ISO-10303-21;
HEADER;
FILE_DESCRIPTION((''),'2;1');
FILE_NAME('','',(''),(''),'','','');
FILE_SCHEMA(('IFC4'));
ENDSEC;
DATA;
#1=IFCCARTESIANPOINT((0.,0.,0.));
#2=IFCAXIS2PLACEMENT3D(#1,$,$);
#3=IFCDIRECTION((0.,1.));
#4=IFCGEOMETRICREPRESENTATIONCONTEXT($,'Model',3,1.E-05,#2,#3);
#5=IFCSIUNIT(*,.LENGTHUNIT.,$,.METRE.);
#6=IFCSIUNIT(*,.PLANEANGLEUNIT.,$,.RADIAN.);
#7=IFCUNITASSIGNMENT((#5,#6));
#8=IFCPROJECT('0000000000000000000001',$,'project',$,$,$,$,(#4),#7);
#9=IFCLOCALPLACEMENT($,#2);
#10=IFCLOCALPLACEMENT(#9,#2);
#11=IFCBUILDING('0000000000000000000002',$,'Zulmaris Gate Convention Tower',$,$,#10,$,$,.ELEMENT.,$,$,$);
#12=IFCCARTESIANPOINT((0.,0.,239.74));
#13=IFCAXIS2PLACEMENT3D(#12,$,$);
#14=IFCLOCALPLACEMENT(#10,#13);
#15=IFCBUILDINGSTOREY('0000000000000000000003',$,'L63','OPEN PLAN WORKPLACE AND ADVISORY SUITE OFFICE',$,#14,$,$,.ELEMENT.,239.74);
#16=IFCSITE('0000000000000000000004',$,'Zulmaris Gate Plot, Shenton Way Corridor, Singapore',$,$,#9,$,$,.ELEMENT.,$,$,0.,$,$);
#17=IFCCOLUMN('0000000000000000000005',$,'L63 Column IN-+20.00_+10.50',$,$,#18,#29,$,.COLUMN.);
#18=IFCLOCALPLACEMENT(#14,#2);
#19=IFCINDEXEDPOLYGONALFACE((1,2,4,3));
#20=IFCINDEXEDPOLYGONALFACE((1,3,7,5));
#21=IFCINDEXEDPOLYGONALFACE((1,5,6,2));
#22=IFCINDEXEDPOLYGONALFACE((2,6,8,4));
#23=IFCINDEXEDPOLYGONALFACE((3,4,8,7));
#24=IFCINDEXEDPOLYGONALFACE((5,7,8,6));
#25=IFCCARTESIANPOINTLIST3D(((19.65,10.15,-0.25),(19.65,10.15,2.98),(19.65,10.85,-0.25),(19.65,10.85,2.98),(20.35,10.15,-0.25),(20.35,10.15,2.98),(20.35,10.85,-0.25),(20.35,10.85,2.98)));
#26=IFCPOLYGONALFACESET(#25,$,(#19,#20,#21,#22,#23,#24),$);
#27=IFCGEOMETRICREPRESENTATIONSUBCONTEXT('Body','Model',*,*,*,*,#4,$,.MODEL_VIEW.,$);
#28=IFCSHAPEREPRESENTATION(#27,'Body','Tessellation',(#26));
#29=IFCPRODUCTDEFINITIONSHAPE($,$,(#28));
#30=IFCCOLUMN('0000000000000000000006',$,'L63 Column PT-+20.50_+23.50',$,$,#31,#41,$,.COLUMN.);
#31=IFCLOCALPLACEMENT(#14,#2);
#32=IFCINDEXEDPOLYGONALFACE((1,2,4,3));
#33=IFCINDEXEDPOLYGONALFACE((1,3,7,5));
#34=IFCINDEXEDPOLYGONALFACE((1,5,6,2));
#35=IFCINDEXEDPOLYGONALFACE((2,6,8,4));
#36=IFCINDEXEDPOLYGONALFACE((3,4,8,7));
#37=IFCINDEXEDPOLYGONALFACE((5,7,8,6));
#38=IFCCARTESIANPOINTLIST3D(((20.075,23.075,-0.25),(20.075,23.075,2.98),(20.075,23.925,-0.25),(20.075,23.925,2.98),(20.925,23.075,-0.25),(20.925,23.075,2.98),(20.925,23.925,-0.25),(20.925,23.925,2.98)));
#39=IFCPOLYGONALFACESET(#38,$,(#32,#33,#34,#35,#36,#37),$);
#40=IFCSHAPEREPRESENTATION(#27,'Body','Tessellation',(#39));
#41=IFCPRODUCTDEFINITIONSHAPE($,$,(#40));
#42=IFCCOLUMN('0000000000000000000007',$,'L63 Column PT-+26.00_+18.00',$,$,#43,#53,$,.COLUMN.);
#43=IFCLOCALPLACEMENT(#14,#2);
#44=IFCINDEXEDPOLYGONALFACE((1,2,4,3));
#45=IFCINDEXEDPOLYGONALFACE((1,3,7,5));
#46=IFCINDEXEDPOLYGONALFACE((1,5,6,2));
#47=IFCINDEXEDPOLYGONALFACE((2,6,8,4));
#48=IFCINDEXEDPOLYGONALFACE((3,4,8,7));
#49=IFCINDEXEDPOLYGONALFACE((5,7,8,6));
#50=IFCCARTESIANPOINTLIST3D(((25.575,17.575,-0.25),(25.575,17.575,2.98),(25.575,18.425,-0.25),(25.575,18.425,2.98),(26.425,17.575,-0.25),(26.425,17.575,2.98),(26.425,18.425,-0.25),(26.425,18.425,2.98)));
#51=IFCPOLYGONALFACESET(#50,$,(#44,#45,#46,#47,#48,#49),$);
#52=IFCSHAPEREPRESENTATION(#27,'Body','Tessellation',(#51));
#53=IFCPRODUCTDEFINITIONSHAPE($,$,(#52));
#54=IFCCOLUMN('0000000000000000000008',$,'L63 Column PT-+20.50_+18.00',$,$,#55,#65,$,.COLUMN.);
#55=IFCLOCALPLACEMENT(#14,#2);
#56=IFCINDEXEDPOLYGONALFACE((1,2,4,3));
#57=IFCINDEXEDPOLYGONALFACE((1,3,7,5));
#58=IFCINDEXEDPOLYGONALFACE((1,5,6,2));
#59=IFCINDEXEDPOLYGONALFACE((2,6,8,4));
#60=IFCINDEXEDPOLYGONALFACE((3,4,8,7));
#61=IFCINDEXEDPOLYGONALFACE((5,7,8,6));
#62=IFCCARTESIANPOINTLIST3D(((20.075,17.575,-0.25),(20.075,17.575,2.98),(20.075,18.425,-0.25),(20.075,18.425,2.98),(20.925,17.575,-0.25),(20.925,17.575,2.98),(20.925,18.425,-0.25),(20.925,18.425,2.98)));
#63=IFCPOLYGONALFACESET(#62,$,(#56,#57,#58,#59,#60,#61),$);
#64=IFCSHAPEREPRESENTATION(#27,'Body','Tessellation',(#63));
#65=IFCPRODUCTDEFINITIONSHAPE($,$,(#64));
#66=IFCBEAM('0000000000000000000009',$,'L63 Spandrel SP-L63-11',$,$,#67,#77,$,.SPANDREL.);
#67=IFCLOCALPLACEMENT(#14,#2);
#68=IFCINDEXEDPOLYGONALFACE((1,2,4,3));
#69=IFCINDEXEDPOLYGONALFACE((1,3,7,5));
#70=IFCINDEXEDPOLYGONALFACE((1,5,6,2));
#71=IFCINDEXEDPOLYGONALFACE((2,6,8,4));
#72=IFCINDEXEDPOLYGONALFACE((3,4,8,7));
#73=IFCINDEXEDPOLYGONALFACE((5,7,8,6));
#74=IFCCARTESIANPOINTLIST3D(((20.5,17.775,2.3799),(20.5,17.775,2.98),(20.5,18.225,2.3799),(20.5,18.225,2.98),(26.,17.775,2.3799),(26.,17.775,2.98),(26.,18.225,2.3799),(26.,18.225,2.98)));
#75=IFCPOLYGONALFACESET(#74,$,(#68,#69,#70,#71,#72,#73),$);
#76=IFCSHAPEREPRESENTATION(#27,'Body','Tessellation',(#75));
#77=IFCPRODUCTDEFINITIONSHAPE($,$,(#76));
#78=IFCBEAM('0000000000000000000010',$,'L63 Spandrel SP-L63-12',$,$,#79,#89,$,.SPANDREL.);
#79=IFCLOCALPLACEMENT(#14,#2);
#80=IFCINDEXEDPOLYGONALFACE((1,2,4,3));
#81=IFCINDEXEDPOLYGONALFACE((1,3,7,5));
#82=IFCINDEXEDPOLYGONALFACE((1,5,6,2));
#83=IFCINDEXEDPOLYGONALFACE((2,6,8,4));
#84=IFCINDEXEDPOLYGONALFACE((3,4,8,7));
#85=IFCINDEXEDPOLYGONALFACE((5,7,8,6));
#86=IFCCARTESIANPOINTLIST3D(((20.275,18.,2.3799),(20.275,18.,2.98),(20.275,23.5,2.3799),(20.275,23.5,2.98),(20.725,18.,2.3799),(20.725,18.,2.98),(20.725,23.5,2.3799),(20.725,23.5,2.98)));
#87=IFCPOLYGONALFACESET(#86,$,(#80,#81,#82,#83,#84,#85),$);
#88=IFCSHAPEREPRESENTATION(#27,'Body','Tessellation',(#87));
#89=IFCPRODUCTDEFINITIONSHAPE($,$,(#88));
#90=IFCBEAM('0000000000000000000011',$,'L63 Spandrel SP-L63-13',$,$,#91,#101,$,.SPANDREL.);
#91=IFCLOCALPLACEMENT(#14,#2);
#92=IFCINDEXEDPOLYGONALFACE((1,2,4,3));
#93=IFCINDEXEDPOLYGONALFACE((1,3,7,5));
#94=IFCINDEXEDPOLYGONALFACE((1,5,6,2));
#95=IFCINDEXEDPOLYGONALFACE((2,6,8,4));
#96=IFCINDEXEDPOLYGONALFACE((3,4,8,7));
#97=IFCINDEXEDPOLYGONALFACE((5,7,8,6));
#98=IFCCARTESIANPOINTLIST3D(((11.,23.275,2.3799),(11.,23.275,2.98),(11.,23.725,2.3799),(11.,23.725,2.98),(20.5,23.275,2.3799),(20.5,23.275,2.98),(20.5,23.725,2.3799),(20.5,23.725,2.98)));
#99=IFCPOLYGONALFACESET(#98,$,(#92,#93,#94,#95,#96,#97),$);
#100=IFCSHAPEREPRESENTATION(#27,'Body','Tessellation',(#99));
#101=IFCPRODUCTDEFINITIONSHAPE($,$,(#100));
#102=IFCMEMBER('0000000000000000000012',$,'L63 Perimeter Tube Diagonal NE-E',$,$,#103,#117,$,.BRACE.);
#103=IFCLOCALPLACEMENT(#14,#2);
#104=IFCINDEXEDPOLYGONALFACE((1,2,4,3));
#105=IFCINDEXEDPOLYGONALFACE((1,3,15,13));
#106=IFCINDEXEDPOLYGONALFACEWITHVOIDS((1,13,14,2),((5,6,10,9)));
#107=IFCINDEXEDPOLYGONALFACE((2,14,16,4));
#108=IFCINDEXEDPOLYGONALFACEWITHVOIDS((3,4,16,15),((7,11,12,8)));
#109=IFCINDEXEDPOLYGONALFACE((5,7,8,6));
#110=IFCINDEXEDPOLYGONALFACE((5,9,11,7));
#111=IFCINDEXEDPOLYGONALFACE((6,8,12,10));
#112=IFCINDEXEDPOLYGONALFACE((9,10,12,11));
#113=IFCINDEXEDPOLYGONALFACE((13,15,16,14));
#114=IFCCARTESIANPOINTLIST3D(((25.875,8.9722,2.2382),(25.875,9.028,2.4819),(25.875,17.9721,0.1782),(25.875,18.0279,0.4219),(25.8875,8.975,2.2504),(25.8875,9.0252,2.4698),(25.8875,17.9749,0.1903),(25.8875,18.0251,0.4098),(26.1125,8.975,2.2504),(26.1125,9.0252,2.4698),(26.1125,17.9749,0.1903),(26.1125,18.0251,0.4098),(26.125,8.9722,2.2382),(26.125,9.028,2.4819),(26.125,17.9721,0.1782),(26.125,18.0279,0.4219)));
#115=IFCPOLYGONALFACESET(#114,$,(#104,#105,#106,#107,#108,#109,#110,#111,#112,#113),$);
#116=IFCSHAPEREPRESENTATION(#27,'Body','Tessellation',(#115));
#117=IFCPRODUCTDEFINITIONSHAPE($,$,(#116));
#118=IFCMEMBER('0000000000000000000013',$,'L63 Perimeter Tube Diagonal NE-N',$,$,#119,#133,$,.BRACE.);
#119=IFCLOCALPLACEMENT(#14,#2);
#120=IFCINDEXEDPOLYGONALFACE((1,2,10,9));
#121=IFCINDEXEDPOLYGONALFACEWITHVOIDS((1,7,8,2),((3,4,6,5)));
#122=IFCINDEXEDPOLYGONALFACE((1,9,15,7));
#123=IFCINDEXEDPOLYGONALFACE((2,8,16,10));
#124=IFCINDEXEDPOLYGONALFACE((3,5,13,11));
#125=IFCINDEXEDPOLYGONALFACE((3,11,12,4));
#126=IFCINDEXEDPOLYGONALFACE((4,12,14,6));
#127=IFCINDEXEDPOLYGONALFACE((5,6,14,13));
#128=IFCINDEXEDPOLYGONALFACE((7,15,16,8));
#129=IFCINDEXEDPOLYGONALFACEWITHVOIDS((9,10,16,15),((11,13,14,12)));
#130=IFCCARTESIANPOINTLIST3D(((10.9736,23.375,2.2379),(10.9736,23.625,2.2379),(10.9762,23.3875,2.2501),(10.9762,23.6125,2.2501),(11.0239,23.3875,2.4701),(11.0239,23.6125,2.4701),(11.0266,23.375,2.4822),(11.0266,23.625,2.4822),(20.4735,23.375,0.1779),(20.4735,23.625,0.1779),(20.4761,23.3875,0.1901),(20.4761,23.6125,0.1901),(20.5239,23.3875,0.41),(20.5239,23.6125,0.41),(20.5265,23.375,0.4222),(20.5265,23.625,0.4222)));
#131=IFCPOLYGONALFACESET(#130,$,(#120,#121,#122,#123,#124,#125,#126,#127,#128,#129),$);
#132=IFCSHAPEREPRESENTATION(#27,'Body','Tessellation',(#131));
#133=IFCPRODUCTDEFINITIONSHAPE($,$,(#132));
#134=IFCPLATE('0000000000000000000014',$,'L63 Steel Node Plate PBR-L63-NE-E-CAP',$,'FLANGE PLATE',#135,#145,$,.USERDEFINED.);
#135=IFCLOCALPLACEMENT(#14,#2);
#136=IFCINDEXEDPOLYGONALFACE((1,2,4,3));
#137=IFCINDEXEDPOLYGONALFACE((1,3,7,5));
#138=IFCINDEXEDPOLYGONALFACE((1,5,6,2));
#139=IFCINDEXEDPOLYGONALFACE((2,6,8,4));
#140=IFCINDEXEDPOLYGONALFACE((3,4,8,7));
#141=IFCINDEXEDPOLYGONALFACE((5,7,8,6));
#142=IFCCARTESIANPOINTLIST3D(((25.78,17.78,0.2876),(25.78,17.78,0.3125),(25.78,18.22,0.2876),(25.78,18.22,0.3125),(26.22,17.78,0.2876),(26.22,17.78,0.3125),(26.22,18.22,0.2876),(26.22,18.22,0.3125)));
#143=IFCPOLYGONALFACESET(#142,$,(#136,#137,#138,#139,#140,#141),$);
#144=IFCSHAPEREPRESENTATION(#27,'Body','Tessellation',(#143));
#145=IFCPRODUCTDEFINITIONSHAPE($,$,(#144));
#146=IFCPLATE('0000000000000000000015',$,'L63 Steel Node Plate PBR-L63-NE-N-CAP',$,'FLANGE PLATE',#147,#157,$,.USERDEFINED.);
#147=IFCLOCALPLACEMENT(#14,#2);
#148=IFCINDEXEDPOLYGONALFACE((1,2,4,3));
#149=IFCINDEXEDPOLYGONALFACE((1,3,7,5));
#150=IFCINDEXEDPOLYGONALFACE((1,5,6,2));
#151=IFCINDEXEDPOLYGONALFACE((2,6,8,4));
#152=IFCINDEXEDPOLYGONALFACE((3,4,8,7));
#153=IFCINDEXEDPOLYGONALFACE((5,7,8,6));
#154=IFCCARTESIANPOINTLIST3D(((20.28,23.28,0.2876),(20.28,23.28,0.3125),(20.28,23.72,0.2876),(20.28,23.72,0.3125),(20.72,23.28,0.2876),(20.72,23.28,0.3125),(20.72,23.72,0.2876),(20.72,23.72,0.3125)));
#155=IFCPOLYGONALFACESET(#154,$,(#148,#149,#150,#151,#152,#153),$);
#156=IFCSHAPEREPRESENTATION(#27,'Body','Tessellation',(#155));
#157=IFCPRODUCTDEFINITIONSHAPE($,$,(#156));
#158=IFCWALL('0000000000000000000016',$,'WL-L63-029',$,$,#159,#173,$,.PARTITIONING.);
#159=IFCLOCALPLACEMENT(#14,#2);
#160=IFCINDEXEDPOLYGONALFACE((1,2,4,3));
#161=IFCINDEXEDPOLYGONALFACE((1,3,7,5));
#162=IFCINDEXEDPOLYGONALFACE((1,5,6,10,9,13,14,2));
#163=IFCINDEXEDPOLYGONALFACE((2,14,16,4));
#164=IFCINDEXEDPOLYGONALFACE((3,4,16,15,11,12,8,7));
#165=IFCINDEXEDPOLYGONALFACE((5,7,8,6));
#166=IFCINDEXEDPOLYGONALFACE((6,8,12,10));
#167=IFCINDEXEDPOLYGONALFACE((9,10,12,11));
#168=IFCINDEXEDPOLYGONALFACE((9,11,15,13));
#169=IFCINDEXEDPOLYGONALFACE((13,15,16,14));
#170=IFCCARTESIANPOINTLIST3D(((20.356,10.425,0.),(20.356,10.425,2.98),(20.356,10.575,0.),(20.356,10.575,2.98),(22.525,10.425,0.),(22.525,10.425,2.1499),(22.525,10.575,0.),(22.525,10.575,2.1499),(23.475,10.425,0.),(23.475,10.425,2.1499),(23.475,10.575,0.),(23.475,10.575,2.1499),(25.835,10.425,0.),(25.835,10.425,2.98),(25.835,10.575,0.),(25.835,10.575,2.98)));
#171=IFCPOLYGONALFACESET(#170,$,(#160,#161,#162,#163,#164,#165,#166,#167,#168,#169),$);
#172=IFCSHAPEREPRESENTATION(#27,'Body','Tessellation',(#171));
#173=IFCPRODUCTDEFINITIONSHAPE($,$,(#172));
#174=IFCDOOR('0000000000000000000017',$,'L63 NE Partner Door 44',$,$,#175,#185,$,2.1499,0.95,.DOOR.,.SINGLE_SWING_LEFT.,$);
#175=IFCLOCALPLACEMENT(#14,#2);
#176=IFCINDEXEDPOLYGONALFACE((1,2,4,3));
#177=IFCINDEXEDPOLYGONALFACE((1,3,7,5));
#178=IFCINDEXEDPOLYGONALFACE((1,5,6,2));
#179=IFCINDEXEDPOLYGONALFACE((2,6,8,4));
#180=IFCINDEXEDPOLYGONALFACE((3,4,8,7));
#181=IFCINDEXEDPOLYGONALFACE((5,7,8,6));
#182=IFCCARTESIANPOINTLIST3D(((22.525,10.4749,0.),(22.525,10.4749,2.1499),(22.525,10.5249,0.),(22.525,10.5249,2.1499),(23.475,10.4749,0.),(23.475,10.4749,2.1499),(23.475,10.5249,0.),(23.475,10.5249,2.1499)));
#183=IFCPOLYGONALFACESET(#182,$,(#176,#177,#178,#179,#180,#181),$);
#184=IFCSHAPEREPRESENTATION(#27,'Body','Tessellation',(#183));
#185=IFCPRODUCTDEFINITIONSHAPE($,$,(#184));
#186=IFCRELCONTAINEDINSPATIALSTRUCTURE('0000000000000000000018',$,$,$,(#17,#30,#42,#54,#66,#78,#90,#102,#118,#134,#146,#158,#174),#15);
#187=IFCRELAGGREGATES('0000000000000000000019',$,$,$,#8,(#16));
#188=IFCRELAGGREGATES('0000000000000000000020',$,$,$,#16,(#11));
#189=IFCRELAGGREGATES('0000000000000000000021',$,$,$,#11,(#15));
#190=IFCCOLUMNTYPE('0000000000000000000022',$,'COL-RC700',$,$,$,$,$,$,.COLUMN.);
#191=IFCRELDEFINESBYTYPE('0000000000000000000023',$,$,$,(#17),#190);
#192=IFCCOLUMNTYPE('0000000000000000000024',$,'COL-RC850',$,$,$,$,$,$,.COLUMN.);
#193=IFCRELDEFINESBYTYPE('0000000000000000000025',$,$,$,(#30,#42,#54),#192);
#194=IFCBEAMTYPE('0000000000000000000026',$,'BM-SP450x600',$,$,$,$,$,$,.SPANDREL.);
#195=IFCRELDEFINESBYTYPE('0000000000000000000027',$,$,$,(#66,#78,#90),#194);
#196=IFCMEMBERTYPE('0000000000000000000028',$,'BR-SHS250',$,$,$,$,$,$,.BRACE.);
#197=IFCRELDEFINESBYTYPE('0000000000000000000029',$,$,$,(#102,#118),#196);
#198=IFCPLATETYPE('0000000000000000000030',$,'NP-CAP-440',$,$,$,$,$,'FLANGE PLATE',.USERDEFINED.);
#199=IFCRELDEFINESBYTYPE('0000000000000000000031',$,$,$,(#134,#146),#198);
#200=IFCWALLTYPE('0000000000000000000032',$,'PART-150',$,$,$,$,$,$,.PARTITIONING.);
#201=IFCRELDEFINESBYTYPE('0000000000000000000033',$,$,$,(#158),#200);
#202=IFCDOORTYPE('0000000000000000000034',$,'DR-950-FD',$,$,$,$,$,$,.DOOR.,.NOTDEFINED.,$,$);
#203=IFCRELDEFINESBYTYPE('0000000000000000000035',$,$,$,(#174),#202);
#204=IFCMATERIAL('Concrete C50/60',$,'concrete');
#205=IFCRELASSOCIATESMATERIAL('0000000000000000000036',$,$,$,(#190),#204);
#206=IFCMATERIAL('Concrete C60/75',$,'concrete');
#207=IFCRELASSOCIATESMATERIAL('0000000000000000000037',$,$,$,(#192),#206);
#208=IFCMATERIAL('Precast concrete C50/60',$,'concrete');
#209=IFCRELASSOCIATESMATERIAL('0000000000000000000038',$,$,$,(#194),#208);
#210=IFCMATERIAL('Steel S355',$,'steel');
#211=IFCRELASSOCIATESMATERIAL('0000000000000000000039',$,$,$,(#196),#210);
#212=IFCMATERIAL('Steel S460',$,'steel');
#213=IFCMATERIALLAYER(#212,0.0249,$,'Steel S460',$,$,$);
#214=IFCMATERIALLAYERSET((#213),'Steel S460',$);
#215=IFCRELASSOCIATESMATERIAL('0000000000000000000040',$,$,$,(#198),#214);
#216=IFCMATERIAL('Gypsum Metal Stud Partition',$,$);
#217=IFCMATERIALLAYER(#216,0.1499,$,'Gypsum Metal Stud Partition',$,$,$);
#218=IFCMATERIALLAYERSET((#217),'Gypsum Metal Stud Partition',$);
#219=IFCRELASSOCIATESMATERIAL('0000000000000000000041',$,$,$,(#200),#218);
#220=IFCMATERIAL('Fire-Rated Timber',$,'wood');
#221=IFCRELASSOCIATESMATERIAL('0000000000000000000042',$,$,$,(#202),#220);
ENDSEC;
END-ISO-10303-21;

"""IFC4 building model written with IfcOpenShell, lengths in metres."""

from ifc_helpers import new_model, si_unit, direction, frame, frame_2d, origin, origin_2d, place, context, subcontext, project, spatial, rectangle, hollow_rectangle, extrude, material, layer, layer_set, material_profile, profile_set, type_object, element, fill, save


model = new_model("IFC4")

# Units and contexts
model_context = context("Model", 3, precision=1e-05, world=origin(), true_north=direction((0.0, 1.0)))
body_context = subcontext(model_context, "Body", "Model", "MODEL_VIEW")
ifc_project = project(units=[si_unit("LENGTHUNIT", "METRE"), si_unit("PLANEANGLEUNIT", "RADIAN")], contexts=[model_context])

# Site, building, storey
site_placement = place(None, origin())
site = spatial("IfcSite", under=ifc_project, at=site_placement, Name="Zulmaris Gate Plot, Shenton Way Corridor, Singapore", CompositionType="ELEMENT", RefElevation=0.0)
building_placement = place(site_placement, origin())
building = spatial("IfcBuilding", under=site, at=building_placement, Name="Zulmaris Gate Convention Tower", CompositionType="ELEMENT")
storey_placement = place(building_placement, frame((0.0, 0.0, 239.74)))
storey = spatial("IfcBuildingStorey", under=building, at=storey_placement, Name="L63", Description="OPEN PLAN WORKPLACE AND ADVISORY SUITE OFFICE", CompositionType="ELEMENT", Elevation=239.74)

# Columns
ifc_material_1 = material(Name="Concrete C50/60", Category="concrete")
ifc_material_profile_1 = material_profile(ifc_material_1, rectangle(XDim=0.7, YDim=0.7, at=origin_2d()), Name="RC COL 700x700")
ifc_profile_set_1 = profile_set([ifc_material_profile_1], Name="Concrete C50/60")
column_type_1 = type_object("IfcColumnType", Name="COL-RC700", PredefinedType="COLUMN", material=ifc_profile_set_1)
column_placement = place(storey_placement, frame((20.0, 10.5, -0.25), z_axis=(0.0, 0.0, 1.0), x_axis=(1.0, 0.0, 0.0)))
element("IfcColumn", 1, at=column_placement, inside=storey, type_object=column_type_1, Name="L63 Column IN-+20.00_+10.50", PredefinedType="COLUMN", context=body_context, shape_type="SweptSolid", body=[
    extrude(rectangle(XDim=0.7, YDim=0.7, at=origin_2d()), origin(), (0.0, 0.0, 1.0), 3.23),
])
ifc_material_2 = material(Name="Concrete C60/75", Category="concrete")
ifc_material_profile_2 = material_profile(ifc_material_2, rectangle(XDim=0.8501, YDim=0.8501, at=origin_2d()), Name="RC COL 850x850")
ifc_profile_set_2 = profile_set([ifc_material_profile_2], Name="Concrete C60/75")
column_type_2 = type_object("IfcColumnType", Name="COL-RC850", PredefinedType="COLUMN", material=ifc_profile_set_2)
for number, where, z_axis, x_axis, name in (
    (2, (20.5, 23.5, -0.25), (0.0, 0.0, 1.0), (1.0, 0.0, 0.0), "L63 Column PT-+20.50_+23.50"),
    (3, (26.0, 18.0, -0.25), (0.0, 0.0, 1.0), (1.0, 0.0, 0.0), "L63 Column PT-+26.00_+18.00"),
    (4, (20.5, 18.0, -0.25), (0.0, 0.0, 1.0), (1.0, 0.0, 0.0), "L63 Column PT-+20.50_+18.00"),
):
    element("IfcColumn", number, at=place(storey_placement, frame(where, z_axis=z_axis, x_axis=x_axis)), inside=storey, type_object=column_type_2, Name=name, PredefinedType="COLUMN", context=body_context, shape_type="SweptSolid", body=[
        extrude(rectangle(XDim=0.8501, YDim=0.8501, at=origin_2d()), origin(), (0.0, 0.0, 1.0), 3.23),
    ])

# Beams
ifc_material_3 = material(Name="Precast concrete C50/60", Category="concrete")
ifc_material_profile_3 = material_profile(ifc_material_3, rectangle(XDim=0.45, YDim=0.6001, at=origin_2d()), Name="RC SPANDREL 450x600")
ifc_profile_set_3 = profile_set([ifc_material_profile_3], Name="Precast concrete C50/60")
beam_type = type_object("IfcBeamType", Name="BM-SP450x600", PredefinedType="SPANDREL", material=ifc_profile_set_3)
for number, where, z_axis, x_axis, name in (
    (5, (26.0, 18.0, 2.6799), (-1.0, 0.0, 0.0), (0.0, -1.0, 0.0), "L63 Spandrel SP-L63-11"),
    (6, (20.5, 18.0, 2.6799), (0.0, 1.0, 0.0), (-1.0, 0.0, 0.0), "L63 Spandrel SP-L63-12"),
):
    element("IfcBeam", number, at=place(storey_placement, frame(where, z_axis=z_axis, x_axis=x_axis)), inside=storey, type_object=beam_type, Name=name, PredefinedType="SPANDREL", context=body_context, shape_type="SweptSolid", body=[
        extrude(rectangle(XDim=0.45, YDim=0.6001, at=origin_2d()), origin(), (0.0, 0.0, 1.0), 5.5),
    ])
beam_placement = place(storey_placement, frame((20.5, 23.5, 2.6799), z_axis=(-1.0, 0.0, 0.0), x_axis=(0.0, -1.0, 0.0)))
element("IfcBeam", 7, at=beam_placement, inside=storey, type_object=beam_type, Name="L63 Spandrel SP-L63-13", PredefinedType="SPANDREL", context=body_context, shape_type="SweptSolid", body=[
    extrude(rectangle(XDim=0.45, YDim=0.6001, at=origin_2d()), origin(), (0.0, 0.0, 1.0), 9.5),
])

# Members
ifc_material_4 = material(Name="Steel S355", Category="steel")
ifc_material_profile_4 = material_profile(ifc_material_4, hollow_rectangle(XDim=0.25, YDim=0.25, WallThickness=0.0125, at=origin_2d()), Name="SHS 250x250x12.5")
ifc_profile_set_4 = profile_set([ifc_material_profile_4], Name="Steel S355")
member_type = type_object("IfcMemberType", Name="BR-SHS250", PredefinedType="BRACE", material=ifc_profile_set_4)
member_1_placement = place(storey_placement, frame((26.0, 18.0, 0.3), z_axis=(0.0, -0.97479, 0.223125), x_axis=(1.0, 0.0, 0.0)))
element("IfcMember", 8, at=member_1_placement, inside=storey, type_object=member_type, Name="L63 Perimeter Tube Diagonal NE-E", PredefinedType="BRACE", context=body_context, shape_type="SweptSolid", body=[
    extrude(hollow_rectangle(XDim=0.25, YDim=0.25, WallThickness=0.0125, at=origin_2d()), origin(), (0.0, 0.0, 1.0), 9.2327),
])
member_2_placement = place(storey_placement, frame((20.5, 23.5, 0.3), z_axis=(-0.977286, 0.0, 0.211923), x_axis=(0.0, -1.0, 0.0)))
element("IfcMember", 9, at=member_2_placement, inside=storey, type_object=member_type, Name="L63 Perimeter Tube Diagonal NE-N", PredefinedType="BRACE", context=body_context, shape_type="SweptSolid", body=[
    extrude(hollow_rectangle(XDim=0.25, YDim=0.25, WallThickness=0.0125, at=origin_2d()), origin(), (0.0, 0.0, 1.0), 9.7207),
])

# Plates
ifc_material_5 = material(Name="Steel S460", Category="steel")
ifc_layer_1 = layer(ifc_material_5, 0.0249, Name="Steel S460")
ifc_layer_set_1 = layer_set([ifc_layer_1], Name="Steel S460")
plate_type = type_object("IfcPlateType", Name="NP-CAP-440", ElementType="FLANGE PLATE", PredefinedType="USERDEFINED", material=ifc_layer_set_1)
for number, where, z_axis, x_axis, name in (
    (10, (26.0, 18.0, 0.2876), (0.0, 0.0, 1.0), (1.0, 0.0, 0.0), "L63 Steel Node Plate PBR-L63-NE-E-CAP"),
    (11, (20.5, 23.5, 0.2876), (0.0, 0.0, 1.0), (1.0, 0.0, 0.0), "L63 Steel Node Plate PBR-L63-NE-N-CAP"),
):
    element("IfcPlate", number, at=place(storey_placement, frame(where, z_axis=z_axis, x_axis=x_axis)), inside=storey, type_object=plate_type, Name=name, ObjectType="FLANGE PLATE", PredefinedType="USERDEFINED", context=body_context, shape_type="SweptSolid", body=[
        extrude(rectangle(XDim=0.4399, YDim=0.4399, at=origin_2d()), origin(), (0.0, 0.0, 1.0), 0.0249),
    ])

# Wall, opening, door
ifc_material_6 = material(Name="Gypsum Metal Stud Partition")
ifc_layer_2 = layer(ifc_material_6, 0.1499, Name="Gypsum Metal Stud Partition")
ifc_layer_set_2 = layer_set([ifc_layer_2], Name="Gypsum Metal Stud Partition")
wall_type_1 = type_object("IfcWallType", Name="PART-150", PredefinedType="PARTITIONING", material=ifc_layer_set_2)
wall_1_placement = place(storey_placement, frame((20.356, 10.5, 0.0), z_axis=(0.0, 0.0, 1.0), x_axis=(1.0, 0.0, 0.0)))
wall_1 = element("IfcWall", 12, at=wall_1_placement, inside=storey, type_object=wall_type_1, Name="WL-L63-029", PredefinedType="PARTITIONING", context=body_context, shape_type="SweptSolid", body=[
    extrude(rectangle(XDim=5.479, YDim=0.1499, at=frame_2d((2.7395, 0.0))), origin(), (0.0, 0.0, 1.0), 2.98),
])
opening_1_placement = place(wall_1_placement, frame((2.1689, 0.0, 0.0)))
opening_1 = element("IfcOpeningElement", 13, at=opening_1_placement, cuts=wall_1, PredefinedType="OPENING", context=body_context, shape_type="SweptSolid", body=[
    extrude(rectangle(XDim=0.95, YDim=2.1499, at=frame_2d((0.4751, 1.075))), frame((0.0, 0.085, 0.0), z_axis=(0.0, -1.0, 0.0), x_axis=(1.0, 0.0, 0.0)), (0.0, 0.0, 1.0), 0.1699),
])
ifc_material_7 = material(Name="Fire-Rated Timber", Category="wood")
door_type = type_object("IfcDoorType", Name="DR-950-FD", OperationType="NOTDEFINED", PredefinedType="DOOR", material=ifc_material_7)
door_1_placement = place(opening_1_placement, origin())
door_1 = element("IfcDoor", 14, at=door_1_placement, inside=storey, type_object=door_type, Name="L63 NE Partner Door 44", OperationType="SINGLE_SWING_LEFT", OverallHeight=2.1499, OverallWidth=0.95, PredefinedType="DOOR", context=body_context, shape_type="SweptSolid", body=[
    extrude(rectangle(XDim=0.95, YDim=2.1499, at=frame_2d((0.4751, 1.075))), frame((0.0, 0.0249, 0.0), z_axis=(0.0, -1.0, 0.0), x_axis=(1.0, 0.0, 0.0)), (0.0, 0.0, 1.0), 0.05),
])
fill(opening_1, door_1)

save(model, "model.ifc")
